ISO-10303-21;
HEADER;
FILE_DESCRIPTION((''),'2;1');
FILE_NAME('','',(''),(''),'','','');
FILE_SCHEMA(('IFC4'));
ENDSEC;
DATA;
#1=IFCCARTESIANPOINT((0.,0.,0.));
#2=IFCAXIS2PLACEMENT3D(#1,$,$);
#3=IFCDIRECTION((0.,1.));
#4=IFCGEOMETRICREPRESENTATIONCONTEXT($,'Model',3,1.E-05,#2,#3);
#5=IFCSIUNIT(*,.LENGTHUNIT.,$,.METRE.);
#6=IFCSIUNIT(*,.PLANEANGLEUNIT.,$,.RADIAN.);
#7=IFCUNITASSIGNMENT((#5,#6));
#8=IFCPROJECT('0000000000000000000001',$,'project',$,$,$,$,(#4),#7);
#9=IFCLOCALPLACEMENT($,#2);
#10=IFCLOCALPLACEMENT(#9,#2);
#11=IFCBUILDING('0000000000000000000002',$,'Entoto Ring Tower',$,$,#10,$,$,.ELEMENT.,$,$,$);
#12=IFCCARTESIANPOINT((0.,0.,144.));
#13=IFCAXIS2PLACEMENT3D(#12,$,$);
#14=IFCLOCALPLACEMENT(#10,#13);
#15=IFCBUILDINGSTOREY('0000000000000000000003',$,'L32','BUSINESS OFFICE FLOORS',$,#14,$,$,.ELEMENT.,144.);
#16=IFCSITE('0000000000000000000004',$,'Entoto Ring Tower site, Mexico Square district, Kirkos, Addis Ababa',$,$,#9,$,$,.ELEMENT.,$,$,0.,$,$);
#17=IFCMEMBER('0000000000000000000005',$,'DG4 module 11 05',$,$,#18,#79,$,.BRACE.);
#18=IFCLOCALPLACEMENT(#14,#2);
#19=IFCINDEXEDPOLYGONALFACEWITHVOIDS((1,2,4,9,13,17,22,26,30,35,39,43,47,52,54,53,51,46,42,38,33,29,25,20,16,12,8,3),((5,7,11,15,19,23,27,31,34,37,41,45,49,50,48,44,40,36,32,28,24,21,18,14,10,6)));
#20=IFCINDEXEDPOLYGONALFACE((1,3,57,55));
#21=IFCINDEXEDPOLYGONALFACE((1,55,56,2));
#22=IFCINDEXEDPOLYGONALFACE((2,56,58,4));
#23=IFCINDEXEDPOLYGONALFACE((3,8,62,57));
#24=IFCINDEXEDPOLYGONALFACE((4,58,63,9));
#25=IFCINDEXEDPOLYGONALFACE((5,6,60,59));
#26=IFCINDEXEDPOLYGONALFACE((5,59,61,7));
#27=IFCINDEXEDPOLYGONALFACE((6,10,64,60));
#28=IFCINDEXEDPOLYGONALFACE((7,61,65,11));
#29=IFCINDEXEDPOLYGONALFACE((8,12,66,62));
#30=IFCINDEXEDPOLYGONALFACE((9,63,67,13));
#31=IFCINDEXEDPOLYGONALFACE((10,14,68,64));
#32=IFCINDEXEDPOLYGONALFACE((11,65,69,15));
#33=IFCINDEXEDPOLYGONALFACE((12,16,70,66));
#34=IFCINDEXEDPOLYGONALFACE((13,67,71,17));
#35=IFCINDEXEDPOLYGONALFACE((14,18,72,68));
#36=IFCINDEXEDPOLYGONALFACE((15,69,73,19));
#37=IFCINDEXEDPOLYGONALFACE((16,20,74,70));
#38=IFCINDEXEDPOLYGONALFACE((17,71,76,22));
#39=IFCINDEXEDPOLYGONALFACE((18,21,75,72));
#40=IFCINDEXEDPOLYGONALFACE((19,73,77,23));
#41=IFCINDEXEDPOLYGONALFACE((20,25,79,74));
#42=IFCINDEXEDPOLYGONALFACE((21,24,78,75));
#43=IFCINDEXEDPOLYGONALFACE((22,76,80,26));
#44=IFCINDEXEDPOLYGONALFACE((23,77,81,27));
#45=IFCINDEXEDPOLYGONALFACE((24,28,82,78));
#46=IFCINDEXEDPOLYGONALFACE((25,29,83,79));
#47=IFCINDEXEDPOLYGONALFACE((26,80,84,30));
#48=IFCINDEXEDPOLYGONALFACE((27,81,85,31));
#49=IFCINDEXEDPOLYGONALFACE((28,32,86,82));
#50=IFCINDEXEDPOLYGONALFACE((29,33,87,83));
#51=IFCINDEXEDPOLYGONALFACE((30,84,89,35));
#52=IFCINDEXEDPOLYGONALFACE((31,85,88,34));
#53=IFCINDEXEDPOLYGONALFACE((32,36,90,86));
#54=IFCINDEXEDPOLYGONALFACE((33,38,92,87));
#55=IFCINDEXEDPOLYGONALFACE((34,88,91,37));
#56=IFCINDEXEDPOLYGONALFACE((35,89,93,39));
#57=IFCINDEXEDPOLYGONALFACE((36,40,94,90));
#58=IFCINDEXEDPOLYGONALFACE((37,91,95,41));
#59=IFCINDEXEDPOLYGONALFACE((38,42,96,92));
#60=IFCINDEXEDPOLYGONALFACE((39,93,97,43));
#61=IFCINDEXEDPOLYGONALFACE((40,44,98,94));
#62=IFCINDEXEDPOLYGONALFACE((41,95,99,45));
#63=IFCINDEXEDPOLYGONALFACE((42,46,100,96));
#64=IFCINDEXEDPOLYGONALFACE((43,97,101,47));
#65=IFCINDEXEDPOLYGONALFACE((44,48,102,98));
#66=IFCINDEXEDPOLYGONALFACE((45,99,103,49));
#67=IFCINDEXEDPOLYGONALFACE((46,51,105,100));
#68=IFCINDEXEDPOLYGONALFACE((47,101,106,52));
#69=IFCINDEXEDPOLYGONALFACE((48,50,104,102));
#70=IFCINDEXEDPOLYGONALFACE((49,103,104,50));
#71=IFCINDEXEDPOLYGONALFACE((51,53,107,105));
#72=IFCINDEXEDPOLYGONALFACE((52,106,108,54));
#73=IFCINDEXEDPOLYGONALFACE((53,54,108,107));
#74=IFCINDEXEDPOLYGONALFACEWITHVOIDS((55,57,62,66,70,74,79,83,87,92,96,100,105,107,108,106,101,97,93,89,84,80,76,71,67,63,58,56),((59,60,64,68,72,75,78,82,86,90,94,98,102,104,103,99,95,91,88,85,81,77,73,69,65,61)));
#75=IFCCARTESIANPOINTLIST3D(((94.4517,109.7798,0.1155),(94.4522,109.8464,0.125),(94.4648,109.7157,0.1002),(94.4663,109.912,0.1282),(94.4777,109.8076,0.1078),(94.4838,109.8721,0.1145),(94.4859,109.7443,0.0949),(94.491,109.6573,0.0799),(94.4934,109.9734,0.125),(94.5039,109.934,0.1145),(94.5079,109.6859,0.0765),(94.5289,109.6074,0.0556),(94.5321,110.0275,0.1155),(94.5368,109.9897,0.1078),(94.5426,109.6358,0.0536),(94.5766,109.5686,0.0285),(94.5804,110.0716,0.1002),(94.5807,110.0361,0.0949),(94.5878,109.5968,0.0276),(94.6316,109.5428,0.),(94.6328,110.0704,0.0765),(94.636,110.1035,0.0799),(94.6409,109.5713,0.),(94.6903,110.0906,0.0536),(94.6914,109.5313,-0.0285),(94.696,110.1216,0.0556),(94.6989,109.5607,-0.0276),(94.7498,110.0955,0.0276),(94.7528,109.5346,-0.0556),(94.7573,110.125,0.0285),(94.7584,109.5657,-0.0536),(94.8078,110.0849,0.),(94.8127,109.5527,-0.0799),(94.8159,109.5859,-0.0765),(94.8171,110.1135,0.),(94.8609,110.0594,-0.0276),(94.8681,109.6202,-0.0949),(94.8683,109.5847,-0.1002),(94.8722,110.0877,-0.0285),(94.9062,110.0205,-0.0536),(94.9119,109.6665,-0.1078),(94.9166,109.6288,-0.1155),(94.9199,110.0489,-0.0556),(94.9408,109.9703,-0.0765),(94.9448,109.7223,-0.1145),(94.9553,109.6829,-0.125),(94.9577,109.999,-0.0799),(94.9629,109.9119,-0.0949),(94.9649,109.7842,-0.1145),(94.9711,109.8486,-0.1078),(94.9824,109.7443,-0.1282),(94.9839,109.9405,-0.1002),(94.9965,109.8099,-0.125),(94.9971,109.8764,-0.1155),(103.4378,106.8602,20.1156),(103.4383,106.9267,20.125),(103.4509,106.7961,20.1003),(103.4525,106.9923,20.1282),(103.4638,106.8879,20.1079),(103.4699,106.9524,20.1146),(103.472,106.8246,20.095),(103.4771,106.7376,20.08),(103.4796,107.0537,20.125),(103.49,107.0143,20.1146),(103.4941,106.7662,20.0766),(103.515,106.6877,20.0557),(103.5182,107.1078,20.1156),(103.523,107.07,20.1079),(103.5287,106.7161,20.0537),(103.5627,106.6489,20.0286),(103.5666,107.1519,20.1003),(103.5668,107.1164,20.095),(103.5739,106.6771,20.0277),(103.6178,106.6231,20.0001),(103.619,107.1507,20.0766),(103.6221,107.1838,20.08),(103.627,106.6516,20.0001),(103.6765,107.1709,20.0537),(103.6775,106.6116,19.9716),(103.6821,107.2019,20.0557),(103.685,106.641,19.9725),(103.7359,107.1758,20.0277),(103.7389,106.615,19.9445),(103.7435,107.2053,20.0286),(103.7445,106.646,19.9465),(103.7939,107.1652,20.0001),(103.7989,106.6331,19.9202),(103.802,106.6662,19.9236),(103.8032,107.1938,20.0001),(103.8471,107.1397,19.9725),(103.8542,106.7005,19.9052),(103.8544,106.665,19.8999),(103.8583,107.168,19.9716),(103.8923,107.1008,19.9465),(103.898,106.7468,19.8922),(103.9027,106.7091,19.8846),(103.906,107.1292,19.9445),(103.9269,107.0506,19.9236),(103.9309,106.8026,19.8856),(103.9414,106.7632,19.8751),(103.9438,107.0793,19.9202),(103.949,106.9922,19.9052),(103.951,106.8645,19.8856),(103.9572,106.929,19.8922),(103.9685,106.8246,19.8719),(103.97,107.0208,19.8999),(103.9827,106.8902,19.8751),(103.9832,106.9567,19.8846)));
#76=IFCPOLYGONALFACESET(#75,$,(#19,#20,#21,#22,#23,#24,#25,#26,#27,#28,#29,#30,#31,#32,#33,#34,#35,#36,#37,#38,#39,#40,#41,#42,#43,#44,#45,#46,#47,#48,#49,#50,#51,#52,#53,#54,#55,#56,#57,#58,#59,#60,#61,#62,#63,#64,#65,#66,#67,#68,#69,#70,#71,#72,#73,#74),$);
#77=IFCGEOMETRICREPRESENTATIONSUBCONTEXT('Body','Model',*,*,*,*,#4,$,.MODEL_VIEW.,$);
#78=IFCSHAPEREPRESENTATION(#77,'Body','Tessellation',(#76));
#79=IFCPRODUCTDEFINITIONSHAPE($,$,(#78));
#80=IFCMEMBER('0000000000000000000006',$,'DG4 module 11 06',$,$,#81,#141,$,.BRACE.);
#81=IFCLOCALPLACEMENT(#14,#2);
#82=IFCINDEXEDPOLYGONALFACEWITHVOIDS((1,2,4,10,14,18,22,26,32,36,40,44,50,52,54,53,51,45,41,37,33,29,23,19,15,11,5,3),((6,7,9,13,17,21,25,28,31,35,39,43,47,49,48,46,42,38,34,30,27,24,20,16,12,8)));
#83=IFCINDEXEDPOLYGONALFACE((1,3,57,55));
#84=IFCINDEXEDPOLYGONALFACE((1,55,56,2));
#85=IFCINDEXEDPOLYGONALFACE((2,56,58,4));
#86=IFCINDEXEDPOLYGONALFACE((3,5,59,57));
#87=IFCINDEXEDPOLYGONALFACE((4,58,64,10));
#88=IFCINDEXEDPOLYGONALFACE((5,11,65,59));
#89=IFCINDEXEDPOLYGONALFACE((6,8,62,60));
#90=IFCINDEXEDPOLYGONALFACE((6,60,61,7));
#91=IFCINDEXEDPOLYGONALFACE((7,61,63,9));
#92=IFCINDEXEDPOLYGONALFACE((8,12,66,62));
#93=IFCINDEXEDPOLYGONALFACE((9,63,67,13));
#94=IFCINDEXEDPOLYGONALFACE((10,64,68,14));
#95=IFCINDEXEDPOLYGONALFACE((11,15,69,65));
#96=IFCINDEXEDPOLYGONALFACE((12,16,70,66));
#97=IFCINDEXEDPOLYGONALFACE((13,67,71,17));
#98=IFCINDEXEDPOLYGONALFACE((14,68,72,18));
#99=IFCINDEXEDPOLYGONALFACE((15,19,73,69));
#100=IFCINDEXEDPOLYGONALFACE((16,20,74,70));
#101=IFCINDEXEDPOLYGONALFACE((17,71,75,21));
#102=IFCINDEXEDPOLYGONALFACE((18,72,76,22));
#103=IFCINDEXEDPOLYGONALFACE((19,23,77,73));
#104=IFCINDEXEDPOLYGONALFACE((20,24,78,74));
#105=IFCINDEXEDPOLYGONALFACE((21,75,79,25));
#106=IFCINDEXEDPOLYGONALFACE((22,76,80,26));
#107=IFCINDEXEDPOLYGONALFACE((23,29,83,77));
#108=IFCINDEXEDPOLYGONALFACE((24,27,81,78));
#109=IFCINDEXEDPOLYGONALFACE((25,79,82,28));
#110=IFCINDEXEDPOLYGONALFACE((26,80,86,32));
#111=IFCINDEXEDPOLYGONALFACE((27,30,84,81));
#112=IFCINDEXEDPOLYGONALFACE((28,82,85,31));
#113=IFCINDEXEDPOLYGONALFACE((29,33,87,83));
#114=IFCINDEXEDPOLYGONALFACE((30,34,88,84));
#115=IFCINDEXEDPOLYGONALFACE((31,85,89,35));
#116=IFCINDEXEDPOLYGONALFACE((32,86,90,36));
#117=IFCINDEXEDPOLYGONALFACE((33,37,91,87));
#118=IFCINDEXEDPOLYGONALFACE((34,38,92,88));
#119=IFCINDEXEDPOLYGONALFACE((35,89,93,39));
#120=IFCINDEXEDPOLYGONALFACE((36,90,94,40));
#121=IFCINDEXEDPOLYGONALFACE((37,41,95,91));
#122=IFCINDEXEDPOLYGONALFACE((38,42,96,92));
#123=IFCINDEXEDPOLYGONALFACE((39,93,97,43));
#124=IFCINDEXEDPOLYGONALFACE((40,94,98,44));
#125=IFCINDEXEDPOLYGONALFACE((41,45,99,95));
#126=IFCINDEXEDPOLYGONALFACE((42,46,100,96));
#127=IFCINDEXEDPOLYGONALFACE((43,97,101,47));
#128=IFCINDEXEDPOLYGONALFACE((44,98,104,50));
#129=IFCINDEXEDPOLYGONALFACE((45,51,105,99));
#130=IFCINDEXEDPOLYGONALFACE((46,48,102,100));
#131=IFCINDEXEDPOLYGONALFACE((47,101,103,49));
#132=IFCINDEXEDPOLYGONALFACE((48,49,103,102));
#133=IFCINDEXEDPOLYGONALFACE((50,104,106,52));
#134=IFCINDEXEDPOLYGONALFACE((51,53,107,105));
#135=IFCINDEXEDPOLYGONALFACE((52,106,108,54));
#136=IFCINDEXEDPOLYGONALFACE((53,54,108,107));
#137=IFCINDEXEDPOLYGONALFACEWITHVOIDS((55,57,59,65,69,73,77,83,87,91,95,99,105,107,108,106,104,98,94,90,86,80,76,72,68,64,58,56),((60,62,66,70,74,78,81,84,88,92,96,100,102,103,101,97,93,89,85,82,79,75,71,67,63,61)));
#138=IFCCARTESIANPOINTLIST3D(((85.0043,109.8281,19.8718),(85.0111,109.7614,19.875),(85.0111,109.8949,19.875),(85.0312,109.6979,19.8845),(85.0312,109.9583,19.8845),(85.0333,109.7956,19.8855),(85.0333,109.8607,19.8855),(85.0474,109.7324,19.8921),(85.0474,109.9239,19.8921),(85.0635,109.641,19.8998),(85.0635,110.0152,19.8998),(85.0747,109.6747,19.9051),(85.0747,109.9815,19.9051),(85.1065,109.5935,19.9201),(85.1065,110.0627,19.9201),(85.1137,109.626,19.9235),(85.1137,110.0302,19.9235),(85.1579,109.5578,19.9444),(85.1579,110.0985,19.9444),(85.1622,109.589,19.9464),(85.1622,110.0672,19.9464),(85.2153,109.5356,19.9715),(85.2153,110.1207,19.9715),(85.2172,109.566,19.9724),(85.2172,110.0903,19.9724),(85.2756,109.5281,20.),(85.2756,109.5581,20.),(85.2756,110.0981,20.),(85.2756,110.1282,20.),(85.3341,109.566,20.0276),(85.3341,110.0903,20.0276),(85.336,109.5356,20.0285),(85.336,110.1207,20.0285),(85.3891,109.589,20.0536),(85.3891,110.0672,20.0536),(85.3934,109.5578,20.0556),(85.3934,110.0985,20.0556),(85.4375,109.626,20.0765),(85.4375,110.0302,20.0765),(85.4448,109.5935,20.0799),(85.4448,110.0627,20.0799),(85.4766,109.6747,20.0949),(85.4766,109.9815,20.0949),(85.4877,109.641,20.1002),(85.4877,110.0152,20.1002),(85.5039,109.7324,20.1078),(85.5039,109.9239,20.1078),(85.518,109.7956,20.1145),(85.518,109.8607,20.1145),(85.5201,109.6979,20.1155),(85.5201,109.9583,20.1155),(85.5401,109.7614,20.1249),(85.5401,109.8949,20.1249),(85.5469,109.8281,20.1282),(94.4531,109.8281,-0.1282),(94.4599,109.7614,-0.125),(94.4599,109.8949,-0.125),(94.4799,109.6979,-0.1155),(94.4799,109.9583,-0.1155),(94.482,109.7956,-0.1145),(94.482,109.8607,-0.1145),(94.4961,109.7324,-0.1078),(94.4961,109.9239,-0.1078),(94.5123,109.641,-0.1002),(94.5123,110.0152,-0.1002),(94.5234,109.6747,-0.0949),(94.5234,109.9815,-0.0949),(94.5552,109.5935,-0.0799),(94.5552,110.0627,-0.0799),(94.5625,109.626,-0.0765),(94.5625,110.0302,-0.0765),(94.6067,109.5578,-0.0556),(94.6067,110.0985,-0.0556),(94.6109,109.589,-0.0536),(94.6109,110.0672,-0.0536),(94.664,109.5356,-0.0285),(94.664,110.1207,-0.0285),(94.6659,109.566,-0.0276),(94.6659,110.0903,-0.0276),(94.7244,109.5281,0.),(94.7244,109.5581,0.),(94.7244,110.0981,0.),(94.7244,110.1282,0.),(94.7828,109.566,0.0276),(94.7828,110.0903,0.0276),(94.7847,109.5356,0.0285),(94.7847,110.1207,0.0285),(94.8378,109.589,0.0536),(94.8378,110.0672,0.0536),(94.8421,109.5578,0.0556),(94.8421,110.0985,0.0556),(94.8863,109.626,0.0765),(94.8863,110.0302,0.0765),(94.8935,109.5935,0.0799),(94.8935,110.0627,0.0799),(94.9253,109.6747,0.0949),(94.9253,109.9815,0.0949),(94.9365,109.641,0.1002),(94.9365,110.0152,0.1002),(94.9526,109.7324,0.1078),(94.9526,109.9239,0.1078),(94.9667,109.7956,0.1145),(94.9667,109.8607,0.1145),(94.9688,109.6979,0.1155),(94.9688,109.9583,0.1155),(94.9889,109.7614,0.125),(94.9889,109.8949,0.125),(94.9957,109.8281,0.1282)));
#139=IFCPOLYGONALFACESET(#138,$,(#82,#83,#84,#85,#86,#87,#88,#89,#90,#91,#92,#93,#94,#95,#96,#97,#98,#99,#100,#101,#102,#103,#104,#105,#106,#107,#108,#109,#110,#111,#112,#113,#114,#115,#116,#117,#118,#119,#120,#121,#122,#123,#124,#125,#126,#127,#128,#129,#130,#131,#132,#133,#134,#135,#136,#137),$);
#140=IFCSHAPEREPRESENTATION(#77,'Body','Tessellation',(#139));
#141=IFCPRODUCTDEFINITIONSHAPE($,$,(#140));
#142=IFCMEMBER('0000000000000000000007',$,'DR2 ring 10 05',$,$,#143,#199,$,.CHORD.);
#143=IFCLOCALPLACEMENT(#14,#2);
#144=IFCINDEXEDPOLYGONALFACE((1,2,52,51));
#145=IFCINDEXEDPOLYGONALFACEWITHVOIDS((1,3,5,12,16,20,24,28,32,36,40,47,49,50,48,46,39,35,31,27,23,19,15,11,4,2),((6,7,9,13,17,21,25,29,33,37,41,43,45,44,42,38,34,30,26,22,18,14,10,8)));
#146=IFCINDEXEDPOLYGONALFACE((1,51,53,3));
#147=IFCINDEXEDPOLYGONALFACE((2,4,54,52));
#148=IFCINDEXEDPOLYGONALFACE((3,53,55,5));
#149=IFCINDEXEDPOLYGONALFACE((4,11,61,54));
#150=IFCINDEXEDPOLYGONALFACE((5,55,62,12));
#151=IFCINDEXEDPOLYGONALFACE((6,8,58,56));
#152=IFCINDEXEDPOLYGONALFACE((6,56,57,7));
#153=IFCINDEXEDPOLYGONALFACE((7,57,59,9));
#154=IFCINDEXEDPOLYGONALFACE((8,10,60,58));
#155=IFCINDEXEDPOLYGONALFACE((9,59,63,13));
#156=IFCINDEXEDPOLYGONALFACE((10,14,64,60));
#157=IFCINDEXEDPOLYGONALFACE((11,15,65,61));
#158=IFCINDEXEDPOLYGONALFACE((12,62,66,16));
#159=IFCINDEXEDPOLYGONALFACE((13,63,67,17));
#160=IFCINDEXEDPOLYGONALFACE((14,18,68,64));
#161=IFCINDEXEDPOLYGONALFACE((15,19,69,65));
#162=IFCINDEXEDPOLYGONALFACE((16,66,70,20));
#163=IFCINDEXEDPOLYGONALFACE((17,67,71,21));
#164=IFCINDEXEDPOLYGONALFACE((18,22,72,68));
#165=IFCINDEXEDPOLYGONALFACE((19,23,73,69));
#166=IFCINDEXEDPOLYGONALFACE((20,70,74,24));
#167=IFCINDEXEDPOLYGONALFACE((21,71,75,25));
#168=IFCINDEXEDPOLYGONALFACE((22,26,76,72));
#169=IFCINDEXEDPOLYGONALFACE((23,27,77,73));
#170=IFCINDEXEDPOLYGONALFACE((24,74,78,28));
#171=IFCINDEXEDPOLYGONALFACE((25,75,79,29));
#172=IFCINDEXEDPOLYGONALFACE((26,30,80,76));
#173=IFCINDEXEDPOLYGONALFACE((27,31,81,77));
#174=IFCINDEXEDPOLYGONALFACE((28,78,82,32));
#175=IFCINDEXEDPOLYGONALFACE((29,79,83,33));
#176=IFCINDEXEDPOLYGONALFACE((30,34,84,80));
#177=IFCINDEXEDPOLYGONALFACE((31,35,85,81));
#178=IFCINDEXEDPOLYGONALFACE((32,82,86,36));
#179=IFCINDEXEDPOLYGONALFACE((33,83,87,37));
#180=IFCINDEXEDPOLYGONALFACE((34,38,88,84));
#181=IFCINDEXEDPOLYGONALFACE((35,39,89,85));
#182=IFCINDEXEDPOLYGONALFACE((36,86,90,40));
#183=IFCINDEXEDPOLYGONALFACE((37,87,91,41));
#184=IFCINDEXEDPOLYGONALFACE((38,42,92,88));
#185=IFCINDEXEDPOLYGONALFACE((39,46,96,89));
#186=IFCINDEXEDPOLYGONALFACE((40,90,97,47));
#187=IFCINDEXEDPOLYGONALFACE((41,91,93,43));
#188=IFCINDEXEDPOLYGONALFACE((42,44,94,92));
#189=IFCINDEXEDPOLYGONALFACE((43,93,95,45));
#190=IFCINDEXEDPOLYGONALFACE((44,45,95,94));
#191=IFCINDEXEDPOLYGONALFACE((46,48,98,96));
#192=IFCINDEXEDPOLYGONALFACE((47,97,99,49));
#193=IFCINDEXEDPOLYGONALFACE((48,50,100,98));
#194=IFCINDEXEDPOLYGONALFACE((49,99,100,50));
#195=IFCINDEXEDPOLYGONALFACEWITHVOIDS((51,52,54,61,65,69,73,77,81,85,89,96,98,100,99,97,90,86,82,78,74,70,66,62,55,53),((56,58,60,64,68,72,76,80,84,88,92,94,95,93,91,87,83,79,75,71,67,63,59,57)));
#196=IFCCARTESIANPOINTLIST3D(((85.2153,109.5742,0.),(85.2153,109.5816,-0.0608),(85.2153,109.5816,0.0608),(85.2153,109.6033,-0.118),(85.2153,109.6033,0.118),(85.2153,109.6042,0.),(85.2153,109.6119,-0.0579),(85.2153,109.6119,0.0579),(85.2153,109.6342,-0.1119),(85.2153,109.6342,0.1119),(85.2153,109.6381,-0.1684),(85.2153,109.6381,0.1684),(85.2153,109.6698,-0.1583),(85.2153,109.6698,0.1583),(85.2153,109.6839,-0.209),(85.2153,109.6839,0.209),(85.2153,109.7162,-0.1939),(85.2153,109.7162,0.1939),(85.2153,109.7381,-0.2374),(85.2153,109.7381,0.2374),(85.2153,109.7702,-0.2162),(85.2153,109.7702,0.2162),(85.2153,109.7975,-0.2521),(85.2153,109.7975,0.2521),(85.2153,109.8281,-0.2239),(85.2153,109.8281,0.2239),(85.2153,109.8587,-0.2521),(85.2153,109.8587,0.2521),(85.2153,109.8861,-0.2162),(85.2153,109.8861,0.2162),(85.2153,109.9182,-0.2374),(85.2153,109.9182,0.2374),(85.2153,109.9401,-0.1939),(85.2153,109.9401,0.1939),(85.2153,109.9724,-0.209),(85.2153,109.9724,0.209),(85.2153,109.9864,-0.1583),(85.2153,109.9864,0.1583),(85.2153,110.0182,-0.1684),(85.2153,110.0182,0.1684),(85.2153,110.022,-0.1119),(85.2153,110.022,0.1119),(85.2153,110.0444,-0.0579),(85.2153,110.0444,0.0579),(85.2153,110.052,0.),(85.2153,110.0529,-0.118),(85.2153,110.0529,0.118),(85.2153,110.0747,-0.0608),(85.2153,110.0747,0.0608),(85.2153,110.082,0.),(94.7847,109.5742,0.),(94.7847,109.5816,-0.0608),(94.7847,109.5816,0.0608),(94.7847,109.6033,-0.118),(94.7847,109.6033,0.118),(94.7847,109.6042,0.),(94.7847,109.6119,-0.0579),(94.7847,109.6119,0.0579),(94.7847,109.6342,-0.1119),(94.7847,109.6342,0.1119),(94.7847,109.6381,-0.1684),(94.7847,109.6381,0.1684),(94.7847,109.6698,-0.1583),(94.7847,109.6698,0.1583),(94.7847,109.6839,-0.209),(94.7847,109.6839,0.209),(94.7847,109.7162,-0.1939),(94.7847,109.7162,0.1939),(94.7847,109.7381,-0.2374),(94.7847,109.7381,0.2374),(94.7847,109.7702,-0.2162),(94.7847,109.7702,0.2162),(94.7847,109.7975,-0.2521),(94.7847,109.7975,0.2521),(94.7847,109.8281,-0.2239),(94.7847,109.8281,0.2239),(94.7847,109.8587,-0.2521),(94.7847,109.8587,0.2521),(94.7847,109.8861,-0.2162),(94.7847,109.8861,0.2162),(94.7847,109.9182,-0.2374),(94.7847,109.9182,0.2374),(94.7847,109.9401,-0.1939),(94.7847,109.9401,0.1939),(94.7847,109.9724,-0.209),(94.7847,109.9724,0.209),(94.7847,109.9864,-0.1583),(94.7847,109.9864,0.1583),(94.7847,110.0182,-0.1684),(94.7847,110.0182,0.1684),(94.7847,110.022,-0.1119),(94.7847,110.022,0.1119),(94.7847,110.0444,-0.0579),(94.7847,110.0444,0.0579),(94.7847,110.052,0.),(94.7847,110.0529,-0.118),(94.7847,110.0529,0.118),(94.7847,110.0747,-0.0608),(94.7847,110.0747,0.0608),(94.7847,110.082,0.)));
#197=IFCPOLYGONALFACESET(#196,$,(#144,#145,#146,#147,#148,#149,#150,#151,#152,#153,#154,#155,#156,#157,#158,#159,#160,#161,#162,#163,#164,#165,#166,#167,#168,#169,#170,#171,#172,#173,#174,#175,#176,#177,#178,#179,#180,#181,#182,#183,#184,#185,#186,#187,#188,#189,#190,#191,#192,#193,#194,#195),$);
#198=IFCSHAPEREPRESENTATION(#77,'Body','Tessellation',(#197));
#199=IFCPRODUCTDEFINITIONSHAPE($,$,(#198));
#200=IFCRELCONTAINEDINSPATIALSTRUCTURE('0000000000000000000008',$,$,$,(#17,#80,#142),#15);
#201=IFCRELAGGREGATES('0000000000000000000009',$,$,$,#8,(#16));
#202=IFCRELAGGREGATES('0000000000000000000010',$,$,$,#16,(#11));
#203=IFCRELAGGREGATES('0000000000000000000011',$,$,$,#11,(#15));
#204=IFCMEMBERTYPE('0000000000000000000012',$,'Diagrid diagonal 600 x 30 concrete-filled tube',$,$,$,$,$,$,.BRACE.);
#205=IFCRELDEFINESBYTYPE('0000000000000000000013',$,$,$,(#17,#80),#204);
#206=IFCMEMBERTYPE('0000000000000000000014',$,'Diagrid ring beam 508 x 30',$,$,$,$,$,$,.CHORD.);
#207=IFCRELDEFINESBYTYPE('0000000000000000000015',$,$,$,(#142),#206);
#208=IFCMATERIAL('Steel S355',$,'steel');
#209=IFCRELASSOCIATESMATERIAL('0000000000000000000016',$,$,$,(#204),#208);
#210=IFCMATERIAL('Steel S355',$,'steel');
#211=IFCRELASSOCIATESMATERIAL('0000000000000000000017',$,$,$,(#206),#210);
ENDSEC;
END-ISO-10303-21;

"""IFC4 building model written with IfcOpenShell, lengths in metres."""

from ifc_helpers import new_model, si_unit, direction, frame, origin, origin_2d, place, context, subcontext, project, spatial, circle, hollow_circle, extrude, material, material_profile, profile_set, type_object, element, save


model = new_model("IFC4")

# Units and contexts
model_context = context("Model", 3, precision=1e-05, world=origin(), true_north=direction((0.0, 1.0)))
body_context = subcontext(model_context, "Body", "Model", "MODEL_VIEW")
ifc_project = project(units=[si_unit("LENGTHUNIT", "METRE"), si_unit("PLANEANGLEUNIT", "RADIAN")], contexts=[model_context])

# Site, building, storey
site_placement = place(None, origin())
site = spatial("IfcSite", under=ifc_project, at=site_placement, Name="Entoto Ring Tower site, Mexico Square district, Kirkos, Addis Ababa", CompositionType="ELEMENT", RefElevation=0.0)
building_placement = place(site_placement, origin())
building = spatial("IfcBuilding", under=site, at=building_placement, Name="Entoto Ring Tower", CompositionType="ELEMENT")
storey_placement = place(building_placement, frame((0.0, 0.0, 144.0)))
storey = spatial("IfcBuildingStorey", under=building, at=storey_placement, Name="L32", Description="BUSINESS OFFICE FLOORS", CompositionType="ELEMENT", Elevation=144.0)

# Members
ifc_material_1 = material(Name="Steel S355", Category="steel")
ifc_material_profile_1 = material_profile(ifc_material_1, hollow_circle(Radius=0.3, WallThickness=0.03, at=origin_2d()), Name="CHS 600 x 30")
ifc_material_2 = material(Name="Concrete C60/75", Category="concrete")
ifc_material_profile_2 = material_profile(ifc_material_2, circle(Radius=0.27, at=origin_2d()), Name="Concrete C60/75 infill")
ifc_profile_set_1 = profile_set([ifc_material_profile_1, ifc_material_profile_2], Name="Steel S355")
member_type_1 = type_object("IfcMemberType", Name="Diagrid diagonal 600 x 30 concrete-filled tube", PredefinedType="BRACE", material=ifc_profile_set_1)
for number, where, z_axis, x_axis, name in (
    (1, (94.7244, 109.8281, 0.0), (0.406251, -0.131995, 0.904178), (0.30901, 0.951059, 0.0), "DG4 module 11 05"),
    (2, (94.7244, 109.8281, 0.0), (-0.427165, 0.0, 0.904174), (0.0, -1.0, 0.0), "DG4 module 11 06"),
):
    element("IfcMember", number, at=place(storey_placement, frame(where, z_axis=z_axis, x_axis=x_axis)), inside=storey, type_object=member_type_1, Name=name, PredefinedType="BRACE", context=body_context, shape_type="SweptSolid", body=[
        extrude(hollow_circle(Radius=0.3, WallThickness=0.03, at=origin_2d()), origin(), (0.0, 0.0, 1.0), 22.1196),
    ])
ifc_material_3 = material(Name="Steel S355", Category="steel")
ifc_material_profile_3 = material_profile(ifc_material_3, hollow_circle(Radius=0.2539, WallThickness=0.03, at=origin_2d()), Name="CHS 508 x 30")
ifc_material_4 = material(Name="Concrete C60/75", Category="concrete")
ifc_material_profile_4 = material_profile(ifc_material_4, circle(Radius=0.2241, at=origin_2d()), Name="Concrete C60/75 infill")
ifc_profile_set_2 = profile_set([ifc_material_profile_3, ifc_material_profile_4], Name="Steel S355")
member_type_2 = type_object("IfcMemberType", Name="Diagrid ring beam 508 x 30", PredefinedType="CHORD", material=ifc_profile_set_2)
member_1_placement = place(storey_placement, frame((94.7847, 109.8281, 0.0), z_axis=(-1.0, 0.0, 0.0), x_axis=(0.0, -1.0, 0.0)))
element("IfcMember", 3, at=member_1_placement, inside=storey, type_object=member_type_2, Name="DR2 ring 10 05", PredefinedType="CHORD", context=body_context, shape_type="SweptSolid", body=[
    extrude(hollow_circle(Radius=0.2539, WallThickness=0.03, at=origin_2d()), origin(), (0.0, 0.0, 1.0), 9.5693),
])

save(model, "model.ifc")
